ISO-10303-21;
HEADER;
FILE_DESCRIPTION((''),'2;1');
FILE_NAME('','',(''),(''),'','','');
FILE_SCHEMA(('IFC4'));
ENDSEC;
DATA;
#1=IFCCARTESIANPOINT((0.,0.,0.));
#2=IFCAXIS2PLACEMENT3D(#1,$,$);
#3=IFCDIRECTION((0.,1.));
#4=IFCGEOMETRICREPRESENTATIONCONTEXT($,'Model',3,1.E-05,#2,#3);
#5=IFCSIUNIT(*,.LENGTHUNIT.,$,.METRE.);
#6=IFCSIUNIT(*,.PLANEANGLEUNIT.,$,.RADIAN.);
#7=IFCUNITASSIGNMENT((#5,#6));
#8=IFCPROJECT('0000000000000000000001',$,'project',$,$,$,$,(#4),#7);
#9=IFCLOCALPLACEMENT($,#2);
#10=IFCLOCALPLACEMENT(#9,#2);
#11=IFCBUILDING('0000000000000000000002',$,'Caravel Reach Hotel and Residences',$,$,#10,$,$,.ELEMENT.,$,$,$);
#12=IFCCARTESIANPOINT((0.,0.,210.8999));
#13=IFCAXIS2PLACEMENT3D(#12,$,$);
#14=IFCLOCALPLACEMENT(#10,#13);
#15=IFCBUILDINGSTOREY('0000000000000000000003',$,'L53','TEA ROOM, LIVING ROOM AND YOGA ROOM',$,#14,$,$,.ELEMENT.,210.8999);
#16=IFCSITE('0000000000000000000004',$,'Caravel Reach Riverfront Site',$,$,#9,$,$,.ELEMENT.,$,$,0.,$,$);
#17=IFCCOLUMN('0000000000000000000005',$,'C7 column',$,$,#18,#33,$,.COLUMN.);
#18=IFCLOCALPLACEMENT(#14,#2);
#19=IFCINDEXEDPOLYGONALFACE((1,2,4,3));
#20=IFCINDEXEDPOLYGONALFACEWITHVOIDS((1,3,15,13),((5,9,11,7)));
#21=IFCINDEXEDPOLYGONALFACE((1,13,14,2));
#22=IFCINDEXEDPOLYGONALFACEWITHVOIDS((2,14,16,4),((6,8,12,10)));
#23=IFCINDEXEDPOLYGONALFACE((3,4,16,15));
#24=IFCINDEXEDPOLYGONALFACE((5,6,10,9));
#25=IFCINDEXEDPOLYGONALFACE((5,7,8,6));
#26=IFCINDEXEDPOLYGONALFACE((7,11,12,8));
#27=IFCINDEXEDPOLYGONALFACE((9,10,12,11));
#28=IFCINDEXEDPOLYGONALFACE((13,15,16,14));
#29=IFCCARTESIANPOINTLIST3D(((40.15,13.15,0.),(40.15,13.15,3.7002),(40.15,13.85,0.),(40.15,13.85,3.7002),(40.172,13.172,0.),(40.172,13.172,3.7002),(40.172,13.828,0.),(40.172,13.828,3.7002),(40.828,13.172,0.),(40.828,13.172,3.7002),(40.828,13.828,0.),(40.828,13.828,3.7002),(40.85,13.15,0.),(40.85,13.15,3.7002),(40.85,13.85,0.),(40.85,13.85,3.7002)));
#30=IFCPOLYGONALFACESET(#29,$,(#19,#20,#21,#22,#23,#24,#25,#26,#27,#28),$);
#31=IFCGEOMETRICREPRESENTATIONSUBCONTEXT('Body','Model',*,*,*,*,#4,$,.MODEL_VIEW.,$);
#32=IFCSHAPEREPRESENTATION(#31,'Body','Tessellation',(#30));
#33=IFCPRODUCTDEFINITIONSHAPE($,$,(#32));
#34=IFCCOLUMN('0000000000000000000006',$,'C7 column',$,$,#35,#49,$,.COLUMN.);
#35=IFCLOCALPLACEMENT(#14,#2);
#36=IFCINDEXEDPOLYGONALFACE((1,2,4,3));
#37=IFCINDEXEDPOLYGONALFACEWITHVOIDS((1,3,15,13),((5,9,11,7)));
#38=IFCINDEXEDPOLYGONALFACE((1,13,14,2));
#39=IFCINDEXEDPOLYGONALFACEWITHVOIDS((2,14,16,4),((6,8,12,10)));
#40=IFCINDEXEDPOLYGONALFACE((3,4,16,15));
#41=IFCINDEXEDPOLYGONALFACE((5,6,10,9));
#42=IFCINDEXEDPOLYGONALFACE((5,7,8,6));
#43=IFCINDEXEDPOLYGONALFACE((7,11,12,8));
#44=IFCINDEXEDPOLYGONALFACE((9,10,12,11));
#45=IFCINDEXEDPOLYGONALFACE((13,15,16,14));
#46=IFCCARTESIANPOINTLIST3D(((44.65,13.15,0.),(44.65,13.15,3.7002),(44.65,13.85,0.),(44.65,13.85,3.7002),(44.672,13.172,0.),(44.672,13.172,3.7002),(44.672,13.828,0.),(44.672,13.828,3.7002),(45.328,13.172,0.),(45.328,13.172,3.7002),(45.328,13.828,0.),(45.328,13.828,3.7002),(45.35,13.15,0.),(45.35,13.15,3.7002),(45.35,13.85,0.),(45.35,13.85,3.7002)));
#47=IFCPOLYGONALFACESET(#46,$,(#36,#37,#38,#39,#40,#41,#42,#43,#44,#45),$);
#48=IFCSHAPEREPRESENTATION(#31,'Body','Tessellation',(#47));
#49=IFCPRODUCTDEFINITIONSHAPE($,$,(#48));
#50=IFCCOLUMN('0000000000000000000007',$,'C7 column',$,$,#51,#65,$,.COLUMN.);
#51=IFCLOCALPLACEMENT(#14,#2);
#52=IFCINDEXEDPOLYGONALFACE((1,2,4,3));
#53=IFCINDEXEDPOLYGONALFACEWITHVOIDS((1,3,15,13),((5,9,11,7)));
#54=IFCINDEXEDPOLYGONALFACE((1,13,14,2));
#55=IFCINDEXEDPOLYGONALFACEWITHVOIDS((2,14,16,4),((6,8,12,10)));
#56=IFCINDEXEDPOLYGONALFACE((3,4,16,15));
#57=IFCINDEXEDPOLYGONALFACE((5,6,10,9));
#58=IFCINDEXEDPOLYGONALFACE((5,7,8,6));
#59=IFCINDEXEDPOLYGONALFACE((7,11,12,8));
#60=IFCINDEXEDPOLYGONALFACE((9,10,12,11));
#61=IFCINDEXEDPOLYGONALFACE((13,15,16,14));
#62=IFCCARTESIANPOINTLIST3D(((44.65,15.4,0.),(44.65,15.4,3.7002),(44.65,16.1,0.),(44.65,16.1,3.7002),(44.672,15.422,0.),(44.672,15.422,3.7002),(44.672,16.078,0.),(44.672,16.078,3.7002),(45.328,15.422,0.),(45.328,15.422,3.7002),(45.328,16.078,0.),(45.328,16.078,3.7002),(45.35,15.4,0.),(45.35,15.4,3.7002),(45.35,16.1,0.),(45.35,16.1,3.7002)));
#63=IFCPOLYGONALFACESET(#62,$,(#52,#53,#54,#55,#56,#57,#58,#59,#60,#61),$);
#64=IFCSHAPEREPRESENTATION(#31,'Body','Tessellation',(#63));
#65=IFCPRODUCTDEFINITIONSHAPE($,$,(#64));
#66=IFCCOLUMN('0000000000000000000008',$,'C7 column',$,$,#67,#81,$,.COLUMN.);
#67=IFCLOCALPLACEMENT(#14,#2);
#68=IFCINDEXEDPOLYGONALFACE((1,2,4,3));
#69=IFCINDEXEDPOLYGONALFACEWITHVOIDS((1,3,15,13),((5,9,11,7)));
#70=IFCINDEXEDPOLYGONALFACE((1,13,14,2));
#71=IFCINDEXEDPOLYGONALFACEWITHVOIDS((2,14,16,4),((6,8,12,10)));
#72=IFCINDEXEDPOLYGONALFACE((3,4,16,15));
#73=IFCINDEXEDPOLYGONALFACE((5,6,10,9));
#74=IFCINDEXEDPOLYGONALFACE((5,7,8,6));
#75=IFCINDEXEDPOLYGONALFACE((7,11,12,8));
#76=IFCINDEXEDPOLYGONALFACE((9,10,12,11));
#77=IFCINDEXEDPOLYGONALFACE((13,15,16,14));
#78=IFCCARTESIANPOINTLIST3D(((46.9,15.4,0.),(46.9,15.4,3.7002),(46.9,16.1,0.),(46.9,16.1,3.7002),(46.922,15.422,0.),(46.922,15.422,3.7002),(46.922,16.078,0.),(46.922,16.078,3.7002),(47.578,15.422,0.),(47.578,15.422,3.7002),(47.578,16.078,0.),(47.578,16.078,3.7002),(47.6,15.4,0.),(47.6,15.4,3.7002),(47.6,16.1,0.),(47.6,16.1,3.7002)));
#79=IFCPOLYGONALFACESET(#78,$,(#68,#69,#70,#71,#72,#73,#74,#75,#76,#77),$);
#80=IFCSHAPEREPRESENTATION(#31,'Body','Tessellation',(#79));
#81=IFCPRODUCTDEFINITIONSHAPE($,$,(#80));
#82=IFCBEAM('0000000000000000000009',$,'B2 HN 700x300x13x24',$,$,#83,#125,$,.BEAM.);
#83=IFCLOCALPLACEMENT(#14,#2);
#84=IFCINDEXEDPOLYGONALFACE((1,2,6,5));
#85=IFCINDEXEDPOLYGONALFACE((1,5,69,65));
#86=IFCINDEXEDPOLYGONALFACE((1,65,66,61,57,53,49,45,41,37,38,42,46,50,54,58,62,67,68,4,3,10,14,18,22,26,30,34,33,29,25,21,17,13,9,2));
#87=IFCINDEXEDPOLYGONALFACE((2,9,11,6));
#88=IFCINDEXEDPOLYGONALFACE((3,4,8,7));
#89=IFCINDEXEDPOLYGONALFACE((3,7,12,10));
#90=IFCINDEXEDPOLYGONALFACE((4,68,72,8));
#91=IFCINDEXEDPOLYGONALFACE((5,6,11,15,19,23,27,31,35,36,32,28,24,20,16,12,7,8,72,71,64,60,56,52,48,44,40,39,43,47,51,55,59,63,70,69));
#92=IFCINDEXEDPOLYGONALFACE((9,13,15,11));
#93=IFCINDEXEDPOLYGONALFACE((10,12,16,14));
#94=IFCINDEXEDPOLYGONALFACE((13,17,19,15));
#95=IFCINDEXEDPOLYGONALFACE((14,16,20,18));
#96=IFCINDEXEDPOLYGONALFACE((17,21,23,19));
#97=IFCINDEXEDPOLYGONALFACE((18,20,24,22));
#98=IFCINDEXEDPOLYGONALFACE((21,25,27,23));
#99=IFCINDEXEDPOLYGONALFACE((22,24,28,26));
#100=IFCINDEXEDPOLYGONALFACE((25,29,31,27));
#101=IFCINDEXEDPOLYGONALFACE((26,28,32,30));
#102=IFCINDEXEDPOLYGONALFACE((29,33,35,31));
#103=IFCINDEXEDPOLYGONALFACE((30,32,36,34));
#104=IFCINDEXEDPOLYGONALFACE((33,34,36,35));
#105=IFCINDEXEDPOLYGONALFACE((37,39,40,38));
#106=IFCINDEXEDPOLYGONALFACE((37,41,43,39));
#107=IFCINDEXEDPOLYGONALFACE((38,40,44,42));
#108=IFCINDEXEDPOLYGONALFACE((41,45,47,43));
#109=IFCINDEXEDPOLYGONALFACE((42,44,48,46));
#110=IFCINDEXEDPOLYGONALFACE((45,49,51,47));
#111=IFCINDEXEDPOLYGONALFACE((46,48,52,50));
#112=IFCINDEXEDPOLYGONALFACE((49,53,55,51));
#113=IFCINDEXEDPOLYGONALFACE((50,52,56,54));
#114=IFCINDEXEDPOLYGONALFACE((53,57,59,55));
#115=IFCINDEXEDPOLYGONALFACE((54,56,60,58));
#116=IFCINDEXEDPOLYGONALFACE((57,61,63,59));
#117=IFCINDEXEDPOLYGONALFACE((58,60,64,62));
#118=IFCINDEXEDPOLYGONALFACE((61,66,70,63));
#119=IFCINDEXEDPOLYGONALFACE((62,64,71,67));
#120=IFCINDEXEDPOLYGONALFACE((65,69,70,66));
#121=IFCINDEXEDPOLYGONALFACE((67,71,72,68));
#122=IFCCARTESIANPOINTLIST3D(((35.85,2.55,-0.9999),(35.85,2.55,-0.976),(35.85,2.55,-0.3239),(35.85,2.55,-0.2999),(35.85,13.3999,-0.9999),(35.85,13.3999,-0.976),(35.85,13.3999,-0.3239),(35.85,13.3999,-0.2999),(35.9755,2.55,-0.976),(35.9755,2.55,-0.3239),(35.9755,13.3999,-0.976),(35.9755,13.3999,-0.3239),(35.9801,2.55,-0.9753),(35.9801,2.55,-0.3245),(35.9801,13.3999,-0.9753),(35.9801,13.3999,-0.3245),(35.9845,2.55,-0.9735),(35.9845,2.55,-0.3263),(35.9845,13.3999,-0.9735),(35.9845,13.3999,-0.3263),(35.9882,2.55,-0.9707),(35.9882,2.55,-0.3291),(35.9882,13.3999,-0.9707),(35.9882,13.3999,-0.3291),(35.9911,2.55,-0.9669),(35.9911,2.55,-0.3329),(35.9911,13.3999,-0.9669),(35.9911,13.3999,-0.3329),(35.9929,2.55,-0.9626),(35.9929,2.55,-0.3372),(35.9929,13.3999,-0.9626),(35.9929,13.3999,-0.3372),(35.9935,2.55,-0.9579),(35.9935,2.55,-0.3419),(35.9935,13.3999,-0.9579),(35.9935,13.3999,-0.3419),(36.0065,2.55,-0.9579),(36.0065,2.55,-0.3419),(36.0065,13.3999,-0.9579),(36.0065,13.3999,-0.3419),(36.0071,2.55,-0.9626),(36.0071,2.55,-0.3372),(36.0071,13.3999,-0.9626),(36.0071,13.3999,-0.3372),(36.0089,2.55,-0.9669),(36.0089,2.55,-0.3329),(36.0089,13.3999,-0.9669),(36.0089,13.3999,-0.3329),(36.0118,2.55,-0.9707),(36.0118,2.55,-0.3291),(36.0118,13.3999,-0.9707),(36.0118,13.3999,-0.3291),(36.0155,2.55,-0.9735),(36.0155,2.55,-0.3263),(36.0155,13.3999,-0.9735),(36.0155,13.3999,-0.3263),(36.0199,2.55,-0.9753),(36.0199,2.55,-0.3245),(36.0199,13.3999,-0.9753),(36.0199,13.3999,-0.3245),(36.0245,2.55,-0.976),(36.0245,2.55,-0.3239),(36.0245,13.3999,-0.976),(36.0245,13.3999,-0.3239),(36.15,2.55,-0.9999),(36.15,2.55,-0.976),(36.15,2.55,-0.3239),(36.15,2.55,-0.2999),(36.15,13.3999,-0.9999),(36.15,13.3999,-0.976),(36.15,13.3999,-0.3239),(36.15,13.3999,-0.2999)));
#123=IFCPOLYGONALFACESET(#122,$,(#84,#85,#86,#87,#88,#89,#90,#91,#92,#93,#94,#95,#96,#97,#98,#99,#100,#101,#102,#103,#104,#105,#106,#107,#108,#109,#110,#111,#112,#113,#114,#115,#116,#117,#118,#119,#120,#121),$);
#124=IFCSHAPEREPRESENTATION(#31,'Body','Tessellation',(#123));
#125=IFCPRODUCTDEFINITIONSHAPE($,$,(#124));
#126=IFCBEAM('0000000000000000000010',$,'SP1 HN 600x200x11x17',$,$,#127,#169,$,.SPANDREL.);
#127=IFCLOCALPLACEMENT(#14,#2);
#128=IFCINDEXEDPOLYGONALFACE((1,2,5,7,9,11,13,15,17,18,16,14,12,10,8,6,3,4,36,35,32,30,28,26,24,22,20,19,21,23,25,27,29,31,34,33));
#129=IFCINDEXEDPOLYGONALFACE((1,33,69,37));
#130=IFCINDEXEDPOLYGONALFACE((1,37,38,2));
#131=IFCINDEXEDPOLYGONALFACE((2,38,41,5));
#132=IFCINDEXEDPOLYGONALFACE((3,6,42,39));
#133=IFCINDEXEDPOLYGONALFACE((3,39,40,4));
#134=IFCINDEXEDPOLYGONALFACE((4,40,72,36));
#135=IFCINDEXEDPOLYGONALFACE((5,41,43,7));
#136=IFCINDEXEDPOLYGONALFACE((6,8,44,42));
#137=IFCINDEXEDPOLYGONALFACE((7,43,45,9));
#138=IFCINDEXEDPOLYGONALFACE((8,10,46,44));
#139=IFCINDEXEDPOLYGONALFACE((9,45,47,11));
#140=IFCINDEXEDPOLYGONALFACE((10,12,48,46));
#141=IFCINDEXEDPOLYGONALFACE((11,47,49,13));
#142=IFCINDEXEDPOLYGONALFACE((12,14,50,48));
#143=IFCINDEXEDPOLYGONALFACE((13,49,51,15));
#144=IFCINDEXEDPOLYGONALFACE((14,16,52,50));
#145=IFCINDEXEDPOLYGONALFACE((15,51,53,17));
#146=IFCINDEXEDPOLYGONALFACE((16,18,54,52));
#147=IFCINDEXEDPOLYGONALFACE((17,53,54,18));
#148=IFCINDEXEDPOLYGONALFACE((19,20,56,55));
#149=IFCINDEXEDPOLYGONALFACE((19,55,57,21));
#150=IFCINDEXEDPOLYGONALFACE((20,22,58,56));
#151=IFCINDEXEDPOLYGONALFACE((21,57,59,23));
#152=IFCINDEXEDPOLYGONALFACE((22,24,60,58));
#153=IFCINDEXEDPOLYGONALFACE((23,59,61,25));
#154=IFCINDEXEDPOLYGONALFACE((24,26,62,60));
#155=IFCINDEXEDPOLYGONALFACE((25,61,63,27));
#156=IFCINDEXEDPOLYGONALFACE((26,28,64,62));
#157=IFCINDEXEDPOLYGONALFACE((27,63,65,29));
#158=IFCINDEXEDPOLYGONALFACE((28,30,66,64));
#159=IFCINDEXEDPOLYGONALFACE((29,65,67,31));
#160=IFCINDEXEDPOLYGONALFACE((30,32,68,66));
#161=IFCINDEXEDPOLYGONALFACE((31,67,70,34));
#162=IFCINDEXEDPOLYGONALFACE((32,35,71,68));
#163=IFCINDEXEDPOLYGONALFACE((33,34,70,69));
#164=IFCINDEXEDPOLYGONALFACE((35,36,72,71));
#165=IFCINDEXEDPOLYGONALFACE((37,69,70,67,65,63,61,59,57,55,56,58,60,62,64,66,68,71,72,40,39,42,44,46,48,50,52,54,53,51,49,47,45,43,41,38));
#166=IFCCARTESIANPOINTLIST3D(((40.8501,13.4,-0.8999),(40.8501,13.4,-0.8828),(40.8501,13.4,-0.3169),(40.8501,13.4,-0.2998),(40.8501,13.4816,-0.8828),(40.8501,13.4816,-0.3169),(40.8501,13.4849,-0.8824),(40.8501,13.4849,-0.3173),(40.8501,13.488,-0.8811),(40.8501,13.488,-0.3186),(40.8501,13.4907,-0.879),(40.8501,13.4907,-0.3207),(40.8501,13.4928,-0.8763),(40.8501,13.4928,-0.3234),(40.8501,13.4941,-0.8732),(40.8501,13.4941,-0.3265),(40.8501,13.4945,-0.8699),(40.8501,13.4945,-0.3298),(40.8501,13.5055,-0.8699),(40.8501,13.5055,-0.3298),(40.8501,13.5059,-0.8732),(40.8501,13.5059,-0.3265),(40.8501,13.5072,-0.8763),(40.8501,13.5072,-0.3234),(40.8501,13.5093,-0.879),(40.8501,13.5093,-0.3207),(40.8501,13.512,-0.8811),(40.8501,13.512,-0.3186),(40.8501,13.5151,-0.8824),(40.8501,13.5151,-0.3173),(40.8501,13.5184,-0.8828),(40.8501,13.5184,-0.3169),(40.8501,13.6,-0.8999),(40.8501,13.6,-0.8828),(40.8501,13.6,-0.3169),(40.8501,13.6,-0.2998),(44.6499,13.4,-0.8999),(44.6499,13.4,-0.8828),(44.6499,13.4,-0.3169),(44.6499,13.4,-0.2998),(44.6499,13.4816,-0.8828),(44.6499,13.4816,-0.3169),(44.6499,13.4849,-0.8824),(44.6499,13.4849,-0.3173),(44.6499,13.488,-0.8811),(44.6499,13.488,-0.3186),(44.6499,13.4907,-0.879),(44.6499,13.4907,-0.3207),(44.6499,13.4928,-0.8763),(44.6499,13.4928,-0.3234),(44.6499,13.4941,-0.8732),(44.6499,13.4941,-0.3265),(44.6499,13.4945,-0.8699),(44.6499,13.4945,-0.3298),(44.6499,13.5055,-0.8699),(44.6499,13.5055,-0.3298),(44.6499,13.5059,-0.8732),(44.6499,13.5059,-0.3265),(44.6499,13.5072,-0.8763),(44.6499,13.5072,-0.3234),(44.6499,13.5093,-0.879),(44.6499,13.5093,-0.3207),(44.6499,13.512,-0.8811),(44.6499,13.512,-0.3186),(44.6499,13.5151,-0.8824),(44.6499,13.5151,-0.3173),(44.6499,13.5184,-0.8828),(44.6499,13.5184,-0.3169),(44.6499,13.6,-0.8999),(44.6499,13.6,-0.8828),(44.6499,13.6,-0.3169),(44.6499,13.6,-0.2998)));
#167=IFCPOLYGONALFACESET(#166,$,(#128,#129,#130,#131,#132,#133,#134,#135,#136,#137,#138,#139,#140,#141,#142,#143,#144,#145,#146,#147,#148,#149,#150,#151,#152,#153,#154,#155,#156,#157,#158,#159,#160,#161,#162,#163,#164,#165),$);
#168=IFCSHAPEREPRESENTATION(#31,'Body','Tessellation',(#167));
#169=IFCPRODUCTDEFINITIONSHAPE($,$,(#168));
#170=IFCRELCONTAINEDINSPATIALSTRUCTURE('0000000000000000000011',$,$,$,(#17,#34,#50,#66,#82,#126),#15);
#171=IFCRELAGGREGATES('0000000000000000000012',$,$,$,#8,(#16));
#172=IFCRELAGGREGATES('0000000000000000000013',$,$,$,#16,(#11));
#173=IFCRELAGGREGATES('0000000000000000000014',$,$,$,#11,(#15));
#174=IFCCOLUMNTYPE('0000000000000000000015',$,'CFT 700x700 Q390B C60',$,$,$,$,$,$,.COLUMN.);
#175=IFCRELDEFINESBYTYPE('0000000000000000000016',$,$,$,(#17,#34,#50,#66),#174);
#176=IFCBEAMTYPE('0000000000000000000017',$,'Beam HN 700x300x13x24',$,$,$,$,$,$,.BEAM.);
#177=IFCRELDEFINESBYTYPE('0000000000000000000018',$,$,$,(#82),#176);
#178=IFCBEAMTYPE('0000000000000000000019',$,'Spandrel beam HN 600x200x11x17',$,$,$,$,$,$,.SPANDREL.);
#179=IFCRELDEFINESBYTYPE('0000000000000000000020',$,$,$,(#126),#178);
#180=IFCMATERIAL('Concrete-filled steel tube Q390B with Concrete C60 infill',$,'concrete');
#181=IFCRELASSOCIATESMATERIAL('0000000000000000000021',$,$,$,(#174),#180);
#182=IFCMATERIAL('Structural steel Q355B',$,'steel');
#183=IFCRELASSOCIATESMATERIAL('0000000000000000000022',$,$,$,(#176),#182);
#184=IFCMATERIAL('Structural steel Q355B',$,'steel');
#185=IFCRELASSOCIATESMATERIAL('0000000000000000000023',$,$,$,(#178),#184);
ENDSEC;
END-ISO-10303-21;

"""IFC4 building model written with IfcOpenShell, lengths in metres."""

from ifc_helpers import new_model, si_unit, direction, frame, origin, origin_2d, place, context, subcontext, project, spatial, hollow_rectangle, i_section, extrude, material, material_profile, profile_set, type_object, element, save


model = new_model("IFC4")

# Units and contexts
model_context = context("Model", 3, precision=1e-05, world=origin(), true_north=direction((0.0, 1.0)))
body_context = subcontext(model_context, "Body", "Model", "MODEL_VIEW")
ifc_project = project(units=[si_unit("LENGTHUNIT", "METRE"), si_unit("PLANEANGLEUNIT", "RADIAN")], contexts=[model_context])

# Site, building, storey
site_placement = place(None, origin())
site = spatial("IfcSite", under=ifc_project, at=site_placement, Name="Caravel Reach Riverfront Site", CompositionType="ELEMENT", RefElevation=0.0)
building_placement = place(site_placement, origin())
building = spatial("IfcBuilding", under=site, at=building_placement, Name="Caravel Reach Hotel and Residences", CompositionType="ELEMENT")
storey_placement = place(building_placement, frame((0.0, 0.0, 210.8999)))
storey = spatial("IfcBuildingStorey", under=building, at=storey_placement, Name="L53", Description="TEA ROOM, LIVING ROOM AND YOGA ROOM", CompositionType="ELEMENT", Elevation=210.8999)

# Columns
ifc_material_1 = material(Name="Concrete-filled steel tube Q390B with Concrete C60 infill", Category="concrete")
ifc_material_profile_1 = material_profile(ifc_material_1, hollow_rectangle(XDim=0.7, YDim=0.7, WallThickness=0.022, at=origin_2d()), Name="RHS 700x700x22")
ifc_profile_set_1 = profile_set([ifc_material_profile_1], Name="Concrete-filled steel tube Q390B with Concrete C60 infill")
column_type = type_object("IfcColumnType", Name="CFT 700x700 Q390B C60", PredefinedType="COLUMN", material=ifc_profile_set_1)
for number, where, z_axis, x_axis, name in (
    (1, (40.5, 13.5, 0.0), (0.0, 0.0, 1.0), (1.0, 0.0, 0.0), "C7 column"),
    (2, (45.0, 13.5, 0.0), (0.0, 0.0, 1.0), (1.0, 0.0, 0.0), "C7 column"),
    (3, (45.0, 15.75, 0.0), (0.0, 0.0, 1.0), (1.0, 0.0, 0.0), "C7 column"),
    (4, (47.25, 15.75, 0.0), (0.0, 0.0, 1.0), (1.0, 0.0, 0.0), "C7 column"),
):
    element("IfcColumn", number, at=place(storey_placement, frame(where, z_axis=z_axis, x_axis=x_axis)), inside=storey, type_object=column_type, Name=name, PredefinedType="COLUMN", context=body_context, shape_type="SweptSolid", body=[
        extrude(hollow_rectangle(XDim=0.7, YDim=0.7, WallThickness=0.022, at=origin_2d()), origin(), (0.0, 0.0, 1.0), 3.7002),
    ])

# Beams
ifc_material_2 = material(Name="Structural steel Q355B", Category="steel")
ifc_material_profile_2 = material_profile(ifc_material_2, i_section(OverallWidth=0.3, OverallDepth=0.7, WebThickness=0.0129, FlangeThickness=0.0239, FilletRadius=0.0181, at=origin_2d()), Name="HN 700x300x13x24")
ifc_profile_set_2 = profile_set([ifc_material_profile_2], Name="Structural steel Q355B")
beam_type_1 = type_object("IfcBeamType", Name="Beam HN 700x300x13x24", PredefinedType="BEAM", material=ifc_profile_set_2)
beam_1_placement = place(storey_placement, frame((36.0, 13.3999, -0.6499), z_axis=(0.0, -1.0, 0.0), x_axis=(1.0, 0.0, 0.0)))
element("IfcBeam", 5, at=beam_1_placement, inside=storey, type_object=beam_type_1, Name="B2 HN 700x300x13x24", PredefinedType="BEAM", context=body_context, shape_type="SweptSolid", body=[
    extrude(i_section(OverallWidth=0.3, OverallDepth=0.7, WebThickness=0.0129, FlangeThickness=0.0239, FilletRadius=0.0181, at=origin_2d()), origin(), (0.0, 0.0, 1.0), 10.8499),
])
ifc_material_3 = material(Name="Structural steel Q355B", Category="steel")
ifc_material_profile_3 = material_profile(ifc_material_3, i_section(OverallWidth=0.2, OverallDepth=0.6001, WebThickness=0.011, FlangeThickness=0.0171, FilletRadius=0.0129, at=origin_2d()), Name="HN 600x200x11x17")
ifc_profile_set_3 = profile_set([ifc_material_profile_3], Name="Structural steel Q355B")
beam_type_2 = type_object("IfcBeamType", Name="Spandrel beam HN 600x200x11x17", PredefinedType="SPANDREL", material=ifc_profile_set_3)
beam_2_placement = place(storey_placement, frame((40.8501, 13.5, -0.5999), z_axis=(1.0, 0.0, 0.0), x_axis=(0.0, 1.0, 0.0)))
element("IfcBeam", 6, at=beam_2_placement, inside=storey, type_object=beam_type_2, Name="SP1 HN 600x200x11x17", PredefinedType="SPANDREL", context=body_context, shape_type="SweptSolid", body=[
    extrude(i_section(OverallWidth=0.2, OverallDepth=0.6001, WebThickness=0.011, FlangeThickness=0.0171, FilletRadius=0.0129, at=origin_2d()), origin(), (0.0, 0.0, 1.0), 3.7998),
])

save(model, "model.ifc")
